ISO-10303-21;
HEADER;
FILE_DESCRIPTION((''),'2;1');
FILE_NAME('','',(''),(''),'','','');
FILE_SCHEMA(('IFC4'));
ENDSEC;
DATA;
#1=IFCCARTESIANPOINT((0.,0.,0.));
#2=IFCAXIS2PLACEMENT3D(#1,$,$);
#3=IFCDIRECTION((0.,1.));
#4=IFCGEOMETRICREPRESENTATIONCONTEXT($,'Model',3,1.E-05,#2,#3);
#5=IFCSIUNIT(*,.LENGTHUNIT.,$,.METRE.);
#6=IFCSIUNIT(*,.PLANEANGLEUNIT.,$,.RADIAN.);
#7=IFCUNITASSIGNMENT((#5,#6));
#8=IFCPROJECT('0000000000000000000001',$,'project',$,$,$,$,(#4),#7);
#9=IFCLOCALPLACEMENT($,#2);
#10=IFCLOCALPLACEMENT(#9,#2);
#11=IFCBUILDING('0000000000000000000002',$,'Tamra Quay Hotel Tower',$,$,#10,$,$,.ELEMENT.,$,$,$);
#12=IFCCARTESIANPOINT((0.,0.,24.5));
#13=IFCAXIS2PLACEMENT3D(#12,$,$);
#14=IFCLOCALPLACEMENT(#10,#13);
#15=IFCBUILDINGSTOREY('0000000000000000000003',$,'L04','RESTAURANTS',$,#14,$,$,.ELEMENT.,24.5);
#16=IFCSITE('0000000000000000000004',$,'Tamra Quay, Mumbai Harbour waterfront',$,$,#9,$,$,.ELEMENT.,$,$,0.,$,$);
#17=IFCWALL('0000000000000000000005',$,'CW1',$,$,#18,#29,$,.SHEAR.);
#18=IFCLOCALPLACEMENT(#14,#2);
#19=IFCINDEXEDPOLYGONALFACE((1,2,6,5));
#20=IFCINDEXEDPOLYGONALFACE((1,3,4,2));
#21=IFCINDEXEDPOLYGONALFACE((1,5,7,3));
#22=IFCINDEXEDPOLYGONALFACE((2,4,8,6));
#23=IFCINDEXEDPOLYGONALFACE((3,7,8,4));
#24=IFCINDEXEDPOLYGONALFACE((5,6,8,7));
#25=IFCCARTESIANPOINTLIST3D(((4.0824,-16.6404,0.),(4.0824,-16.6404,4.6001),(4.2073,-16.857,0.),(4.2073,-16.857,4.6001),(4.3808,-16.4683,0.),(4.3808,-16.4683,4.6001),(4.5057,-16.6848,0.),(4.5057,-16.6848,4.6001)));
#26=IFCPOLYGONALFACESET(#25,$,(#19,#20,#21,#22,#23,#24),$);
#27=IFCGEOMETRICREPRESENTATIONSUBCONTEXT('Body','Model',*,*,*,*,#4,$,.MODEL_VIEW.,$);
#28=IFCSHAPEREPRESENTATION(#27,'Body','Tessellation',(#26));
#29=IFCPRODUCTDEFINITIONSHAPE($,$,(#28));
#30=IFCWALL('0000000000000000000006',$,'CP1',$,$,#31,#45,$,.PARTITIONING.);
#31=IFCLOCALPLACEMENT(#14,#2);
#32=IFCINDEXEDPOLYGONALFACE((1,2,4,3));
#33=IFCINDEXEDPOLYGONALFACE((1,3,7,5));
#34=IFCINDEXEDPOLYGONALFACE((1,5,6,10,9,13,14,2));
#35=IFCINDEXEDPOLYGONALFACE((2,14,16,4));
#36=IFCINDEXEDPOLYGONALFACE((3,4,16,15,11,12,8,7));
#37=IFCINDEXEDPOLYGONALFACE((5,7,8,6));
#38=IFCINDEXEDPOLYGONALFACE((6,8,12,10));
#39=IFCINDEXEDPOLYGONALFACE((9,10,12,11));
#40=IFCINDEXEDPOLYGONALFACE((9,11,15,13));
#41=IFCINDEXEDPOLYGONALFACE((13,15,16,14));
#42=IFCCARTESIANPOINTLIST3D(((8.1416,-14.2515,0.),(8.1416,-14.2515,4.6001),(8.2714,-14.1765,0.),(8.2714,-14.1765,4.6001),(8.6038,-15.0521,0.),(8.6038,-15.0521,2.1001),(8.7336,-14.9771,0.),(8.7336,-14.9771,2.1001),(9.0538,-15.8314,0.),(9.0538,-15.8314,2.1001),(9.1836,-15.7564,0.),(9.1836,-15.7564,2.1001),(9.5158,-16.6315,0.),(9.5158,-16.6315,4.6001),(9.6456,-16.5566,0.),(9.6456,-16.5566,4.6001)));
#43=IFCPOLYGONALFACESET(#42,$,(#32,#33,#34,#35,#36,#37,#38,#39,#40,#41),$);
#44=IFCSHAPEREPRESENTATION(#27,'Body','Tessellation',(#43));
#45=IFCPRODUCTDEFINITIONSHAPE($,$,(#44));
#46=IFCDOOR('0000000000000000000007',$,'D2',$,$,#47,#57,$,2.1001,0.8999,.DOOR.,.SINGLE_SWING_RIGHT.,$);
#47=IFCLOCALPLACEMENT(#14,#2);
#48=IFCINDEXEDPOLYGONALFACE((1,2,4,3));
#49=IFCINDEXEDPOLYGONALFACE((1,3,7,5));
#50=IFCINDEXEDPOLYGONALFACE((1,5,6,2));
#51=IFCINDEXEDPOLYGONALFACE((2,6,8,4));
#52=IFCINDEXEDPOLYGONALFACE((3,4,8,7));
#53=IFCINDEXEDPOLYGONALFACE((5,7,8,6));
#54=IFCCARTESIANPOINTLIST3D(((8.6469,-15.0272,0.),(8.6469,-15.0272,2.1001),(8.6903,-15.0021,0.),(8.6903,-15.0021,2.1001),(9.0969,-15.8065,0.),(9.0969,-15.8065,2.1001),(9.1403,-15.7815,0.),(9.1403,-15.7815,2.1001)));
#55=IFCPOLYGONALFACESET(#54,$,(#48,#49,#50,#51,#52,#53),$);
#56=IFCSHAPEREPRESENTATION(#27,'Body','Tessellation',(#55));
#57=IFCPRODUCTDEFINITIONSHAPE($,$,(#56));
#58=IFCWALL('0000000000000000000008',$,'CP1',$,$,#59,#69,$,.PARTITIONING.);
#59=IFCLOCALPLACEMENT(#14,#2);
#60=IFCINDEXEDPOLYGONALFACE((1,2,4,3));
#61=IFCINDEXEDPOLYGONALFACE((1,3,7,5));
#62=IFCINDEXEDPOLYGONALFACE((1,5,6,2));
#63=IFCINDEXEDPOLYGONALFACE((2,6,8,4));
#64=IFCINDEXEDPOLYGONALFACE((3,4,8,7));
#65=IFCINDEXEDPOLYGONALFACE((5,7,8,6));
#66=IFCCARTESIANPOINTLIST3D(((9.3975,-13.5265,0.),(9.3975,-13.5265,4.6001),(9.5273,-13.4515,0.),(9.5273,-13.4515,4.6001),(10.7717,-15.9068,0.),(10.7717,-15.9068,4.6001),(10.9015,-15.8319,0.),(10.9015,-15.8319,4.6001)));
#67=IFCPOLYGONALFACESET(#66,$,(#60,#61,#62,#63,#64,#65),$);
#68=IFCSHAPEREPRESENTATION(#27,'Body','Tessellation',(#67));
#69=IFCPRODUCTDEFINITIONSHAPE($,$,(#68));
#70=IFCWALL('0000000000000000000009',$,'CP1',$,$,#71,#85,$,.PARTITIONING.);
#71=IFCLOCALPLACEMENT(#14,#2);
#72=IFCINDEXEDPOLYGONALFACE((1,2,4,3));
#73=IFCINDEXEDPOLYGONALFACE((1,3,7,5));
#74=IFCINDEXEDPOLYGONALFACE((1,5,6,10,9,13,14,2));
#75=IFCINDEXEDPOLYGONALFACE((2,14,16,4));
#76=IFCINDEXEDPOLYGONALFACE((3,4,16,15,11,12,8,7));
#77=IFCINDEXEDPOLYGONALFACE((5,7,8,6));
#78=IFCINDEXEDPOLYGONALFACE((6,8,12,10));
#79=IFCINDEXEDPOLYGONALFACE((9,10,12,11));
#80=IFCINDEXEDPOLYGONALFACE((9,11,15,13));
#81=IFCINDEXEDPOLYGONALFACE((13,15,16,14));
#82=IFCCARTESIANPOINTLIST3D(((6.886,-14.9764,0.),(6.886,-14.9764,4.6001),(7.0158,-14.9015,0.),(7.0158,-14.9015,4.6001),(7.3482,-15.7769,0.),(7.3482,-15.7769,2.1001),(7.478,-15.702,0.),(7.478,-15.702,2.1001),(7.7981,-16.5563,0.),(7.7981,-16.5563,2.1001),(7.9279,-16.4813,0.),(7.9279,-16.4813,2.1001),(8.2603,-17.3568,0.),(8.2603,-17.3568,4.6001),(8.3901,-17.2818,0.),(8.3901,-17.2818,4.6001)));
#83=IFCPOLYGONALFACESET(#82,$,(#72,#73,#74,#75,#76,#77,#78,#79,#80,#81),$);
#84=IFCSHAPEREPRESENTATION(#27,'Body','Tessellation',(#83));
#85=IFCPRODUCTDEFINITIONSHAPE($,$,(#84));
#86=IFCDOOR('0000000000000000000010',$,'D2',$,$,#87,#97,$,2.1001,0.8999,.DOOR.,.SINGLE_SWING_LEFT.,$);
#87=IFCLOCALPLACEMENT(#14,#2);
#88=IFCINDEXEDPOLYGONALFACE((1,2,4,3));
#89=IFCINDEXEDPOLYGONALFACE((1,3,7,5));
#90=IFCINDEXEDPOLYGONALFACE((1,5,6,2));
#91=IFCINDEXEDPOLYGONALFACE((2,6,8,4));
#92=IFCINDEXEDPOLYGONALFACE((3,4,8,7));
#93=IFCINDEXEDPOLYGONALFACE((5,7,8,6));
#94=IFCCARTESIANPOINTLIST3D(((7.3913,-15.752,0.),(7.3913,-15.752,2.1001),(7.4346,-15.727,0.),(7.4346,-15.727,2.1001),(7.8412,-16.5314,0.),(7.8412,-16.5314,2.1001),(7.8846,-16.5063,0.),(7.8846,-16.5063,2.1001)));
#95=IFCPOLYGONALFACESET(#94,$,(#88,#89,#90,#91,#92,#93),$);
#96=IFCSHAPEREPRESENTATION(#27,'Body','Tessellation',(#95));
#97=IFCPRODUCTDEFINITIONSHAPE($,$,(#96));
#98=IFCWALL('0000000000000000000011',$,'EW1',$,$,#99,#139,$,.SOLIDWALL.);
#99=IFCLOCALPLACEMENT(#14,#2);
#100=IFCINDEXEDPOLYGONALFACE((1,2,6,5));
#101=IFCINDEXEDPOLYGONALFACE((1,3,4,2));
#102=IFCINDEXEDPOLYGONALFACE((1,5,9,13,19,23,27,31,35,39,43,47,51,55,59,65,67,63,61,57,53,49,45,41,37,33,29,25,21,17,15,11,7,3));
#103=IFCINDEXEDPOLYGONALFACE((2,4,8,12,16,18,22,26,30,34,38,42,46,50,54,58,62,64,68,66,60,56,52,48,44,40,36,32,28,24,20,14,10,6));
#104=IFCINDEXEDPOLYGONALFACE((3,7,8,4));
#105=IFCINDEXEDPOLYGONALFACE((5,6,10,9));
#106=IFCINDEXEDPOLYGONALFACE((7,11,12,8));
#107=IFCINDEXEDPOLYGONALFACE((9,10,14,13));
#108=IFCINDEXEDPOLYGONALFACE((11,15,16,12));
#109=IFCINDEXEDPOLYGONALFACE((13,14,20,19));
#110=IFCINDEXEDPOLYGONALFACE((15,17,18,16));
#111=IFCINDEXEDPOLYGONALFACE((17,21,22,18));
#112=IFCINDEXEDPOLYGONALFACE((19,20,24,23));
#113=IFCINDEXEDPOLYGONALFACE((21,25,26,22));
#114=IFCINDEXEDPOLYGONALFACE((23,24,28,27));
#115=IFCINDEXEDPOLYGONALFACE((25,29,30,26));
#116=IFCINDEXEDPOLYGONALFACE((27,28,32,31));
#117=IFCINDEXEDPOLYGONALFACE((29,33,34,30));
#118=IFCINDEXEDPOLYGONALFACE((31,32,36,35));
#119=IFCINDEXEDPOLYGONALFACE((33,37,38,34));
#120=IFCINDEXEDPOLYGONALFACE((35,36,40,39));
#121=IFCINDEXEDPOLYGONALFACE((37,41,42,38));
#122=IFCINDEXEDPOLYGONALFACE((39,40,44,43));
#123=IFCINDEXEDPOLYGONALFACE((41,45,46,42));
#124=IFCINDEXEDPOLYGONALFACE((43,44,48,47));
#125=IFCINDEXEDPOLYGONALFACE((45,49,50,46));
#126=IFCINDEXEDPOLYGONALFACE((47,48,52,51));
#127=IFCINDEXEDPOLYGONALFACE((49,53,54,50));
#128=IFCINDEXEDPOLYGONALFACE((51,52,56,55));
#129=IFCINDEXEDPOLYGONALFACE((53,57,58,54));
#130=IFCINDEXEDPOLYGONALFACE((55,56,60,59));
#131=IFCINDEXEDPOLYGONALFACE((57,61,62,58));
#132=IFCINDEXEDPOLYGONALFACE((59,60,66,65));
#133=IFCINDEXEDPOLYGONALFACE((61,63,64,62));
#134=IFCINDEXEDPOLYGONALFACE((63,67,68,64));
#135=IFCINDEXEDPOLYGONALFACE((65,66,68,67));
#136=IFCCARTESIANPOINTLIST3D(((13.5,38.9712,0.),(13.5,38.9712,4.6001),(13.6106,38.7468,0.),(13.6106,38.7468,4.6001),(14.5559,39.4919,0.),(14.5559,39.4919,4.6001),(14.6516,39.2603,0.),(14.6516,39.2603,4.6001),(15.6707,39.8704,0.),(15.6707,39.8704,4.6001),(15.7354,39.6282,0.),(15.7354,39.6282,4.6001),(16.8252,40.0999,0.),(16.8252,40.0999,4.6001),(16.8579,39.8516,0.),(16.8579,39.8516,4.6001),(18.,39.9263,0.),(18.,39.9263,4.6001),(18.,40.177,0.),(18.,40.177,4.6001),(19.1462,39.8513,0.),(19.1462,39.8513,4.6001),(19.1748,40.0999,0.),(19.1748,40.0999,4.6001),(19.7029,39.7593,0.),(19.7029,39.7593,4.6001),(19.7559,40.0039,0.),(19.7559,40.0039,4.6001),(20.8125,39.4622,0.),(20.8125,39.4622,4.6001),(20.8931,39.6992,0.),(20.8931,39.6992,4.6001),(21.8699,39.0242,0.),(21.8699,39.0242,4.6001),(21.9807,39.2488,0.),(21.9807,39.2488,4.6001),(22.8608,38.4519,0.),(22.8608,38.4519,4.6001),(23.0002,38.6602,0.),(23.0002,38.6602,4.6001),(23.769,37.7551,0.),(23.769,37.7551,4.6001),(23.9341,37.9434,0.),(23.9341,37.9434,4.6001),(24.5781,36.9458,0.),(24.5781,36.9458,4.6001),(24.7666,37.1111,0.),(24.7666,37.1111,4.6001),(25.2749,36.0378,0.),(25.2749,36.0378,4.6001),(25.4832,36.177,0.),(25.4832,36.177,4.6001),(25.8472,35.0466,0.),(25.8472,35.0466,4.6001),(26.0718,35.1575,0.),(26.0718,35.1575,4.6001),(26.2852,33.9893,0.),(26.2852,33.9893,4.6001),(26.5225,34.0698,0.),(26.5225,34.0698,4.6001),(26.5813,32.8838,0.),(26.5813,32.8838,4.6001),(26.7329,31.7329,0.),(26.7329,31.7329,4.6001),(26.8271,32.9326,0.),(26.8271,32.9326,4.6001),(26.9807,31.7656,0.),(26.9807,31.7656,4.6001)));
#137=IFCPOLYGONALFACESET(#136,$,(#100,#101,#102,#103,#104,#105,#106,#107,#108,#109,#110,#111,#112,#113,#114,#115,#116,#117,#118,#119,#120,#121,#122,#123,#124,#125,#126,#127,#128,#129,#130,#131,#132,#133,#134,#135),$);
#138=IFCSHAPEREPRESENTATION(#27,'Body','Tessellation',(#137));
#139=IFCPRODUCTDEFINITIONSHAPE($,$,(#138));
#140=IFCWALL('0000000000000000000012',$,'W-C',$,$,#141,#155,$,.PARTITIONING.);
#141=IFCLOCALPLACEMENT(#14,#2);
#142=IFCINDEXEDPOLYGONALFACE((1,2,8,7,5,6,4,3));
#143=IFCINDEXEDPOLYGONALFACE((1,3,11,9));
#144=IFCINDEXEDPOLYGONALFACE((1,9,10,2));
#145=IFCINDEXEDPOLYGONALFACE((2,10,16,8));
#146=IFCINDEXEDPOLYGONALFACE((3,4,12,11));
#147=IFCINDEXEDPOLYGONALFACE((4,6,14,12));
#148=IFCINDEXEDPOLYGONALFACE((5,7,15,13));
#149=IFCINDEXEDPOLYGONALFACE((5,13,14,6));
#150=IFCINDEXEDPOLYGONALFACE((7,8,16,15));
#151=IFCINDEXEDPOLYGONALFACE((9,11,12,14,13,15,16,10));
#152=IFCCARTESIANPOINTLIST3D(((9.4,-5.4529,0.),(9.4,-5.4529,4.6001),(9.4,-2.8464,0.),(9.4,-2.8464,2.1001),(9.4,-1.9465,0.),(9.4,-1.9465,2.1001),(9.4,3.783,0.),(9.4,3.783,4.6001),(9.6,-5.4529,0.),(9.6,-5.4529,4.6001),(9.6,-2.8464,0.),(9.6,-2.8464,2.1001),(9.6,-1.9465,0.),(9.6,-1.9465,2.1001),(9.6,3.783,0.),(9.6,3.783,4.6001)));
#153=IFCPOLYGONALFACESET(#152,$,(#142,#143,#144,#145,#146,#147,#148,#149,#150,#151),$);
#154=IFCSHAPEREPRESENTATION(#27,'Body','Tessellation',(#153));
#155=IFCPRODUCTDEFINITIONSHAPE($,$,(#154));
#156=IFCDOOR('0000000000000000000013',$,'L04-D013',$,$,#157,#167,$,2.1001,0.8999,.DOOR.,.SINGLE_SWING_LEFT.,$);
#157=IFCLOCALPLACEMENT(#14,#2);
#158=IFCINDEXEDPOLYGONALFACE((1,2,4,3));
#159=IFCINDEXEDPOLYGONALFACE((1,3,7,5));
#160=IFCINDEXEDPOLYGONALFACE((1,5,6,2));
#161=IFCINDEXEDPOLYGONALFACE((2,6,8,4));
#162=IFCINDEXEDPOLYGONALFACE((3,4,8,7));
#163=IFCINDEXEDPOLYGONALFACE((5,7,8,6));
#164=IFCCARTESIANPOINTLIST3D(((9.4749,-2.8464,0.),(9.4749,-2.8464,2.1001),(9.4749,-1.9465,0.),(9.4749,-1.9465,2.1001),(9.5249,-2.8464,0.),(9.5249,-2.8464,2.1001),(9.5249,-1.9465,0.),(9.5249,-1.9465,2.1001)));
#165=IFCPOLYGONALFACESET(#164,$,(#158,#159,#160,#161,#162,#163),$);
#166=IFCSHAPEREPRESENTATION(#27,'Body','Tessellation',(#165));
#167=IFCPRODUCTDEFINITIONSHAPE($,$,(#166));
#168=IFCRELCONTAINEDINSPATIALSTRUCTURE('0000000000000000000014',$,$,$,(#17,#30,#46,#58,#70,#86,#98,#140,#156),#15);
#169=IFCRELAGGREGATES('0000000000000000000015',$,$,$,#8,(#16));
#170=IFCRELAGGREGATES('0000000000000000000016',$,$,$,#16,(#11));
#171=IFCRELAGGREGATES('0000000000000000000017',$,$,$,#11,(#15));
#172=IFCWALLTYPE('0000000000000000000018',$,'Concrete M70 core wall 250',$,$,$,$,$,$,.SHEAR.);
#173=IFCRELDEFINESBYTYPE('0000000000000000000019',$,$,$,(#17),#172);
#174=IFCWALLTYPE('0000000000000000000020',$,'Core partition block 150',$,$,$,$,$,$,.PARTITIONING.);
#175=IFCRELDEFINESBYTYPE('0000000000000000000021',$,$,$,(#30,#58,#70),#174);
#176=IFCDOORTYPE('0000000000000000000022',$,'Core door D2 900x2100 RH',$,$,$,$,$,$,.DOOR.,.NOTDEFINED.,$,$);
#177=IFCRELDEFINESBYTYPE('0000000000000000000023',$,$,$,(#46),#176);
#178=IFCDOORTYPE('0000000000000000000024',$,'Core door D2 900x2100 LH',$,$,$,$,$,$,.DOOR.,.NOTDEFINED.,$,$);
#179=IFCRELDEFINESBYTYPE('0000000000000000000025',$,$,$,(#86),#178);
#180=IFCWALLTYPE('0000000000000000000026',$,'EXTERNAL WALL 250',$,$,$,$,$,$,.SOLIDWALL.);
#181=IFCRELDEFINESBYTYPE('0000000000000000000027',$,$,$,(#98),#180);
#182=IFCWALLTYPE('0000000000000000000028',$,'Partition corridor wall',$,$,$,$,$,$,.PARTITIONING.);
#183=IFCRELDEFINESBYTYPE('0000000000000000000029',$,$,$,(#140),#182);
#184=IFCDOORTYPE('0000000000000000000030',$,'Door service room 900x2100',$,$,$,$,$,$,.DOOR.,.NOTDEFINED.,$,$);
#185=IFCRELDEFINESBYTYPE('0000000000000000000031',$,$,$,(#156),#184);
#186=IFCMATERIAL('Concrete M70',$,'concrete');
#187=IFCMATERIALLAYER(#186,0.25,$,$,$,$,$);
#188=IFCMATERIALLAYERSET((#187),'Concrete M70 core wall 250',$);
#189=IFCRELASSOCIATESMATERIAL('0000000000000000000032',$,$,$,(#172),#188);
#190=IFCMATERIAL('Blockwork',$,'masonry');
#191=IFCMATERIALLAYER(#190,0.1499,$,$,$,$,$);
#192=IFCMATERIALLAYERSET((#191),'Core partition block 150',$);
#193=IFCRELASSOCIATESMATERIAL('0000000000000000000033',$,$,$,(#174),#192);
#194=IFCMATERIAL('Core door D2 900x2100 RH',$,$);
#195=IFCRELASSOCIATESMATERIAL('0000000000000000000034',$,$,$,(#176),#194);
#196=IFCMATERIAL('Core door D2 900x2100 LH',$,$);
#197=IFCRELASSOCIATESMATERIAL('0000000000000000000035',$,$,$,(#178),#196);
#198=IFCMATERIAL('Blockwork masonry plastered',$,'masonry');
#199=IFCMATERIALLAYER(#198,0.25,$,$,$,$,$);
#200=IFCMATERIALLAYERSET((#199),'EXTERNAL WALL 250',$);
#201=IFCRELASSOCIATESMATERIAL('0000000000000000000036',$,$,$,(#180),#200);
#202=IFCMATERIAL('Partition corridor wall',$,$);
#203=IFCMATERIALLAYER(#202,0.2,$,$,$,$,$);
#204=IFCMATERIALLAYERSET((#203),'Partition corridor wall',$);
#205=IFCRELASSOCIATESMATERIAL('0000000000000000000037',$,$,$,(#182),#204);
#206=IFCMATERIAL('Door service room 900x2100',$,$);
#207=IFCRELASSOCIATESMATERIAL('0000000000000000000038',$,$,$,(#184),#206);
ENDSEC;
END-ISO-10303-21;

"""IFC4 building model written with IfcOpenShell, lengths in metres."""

from ifc_helpers import new_model, si_unit, direction, frame, frame_2d, origin, place, context, subcontext, project, spatial, polyline, rectangle, outline, extrude, material, layer, layer_set, type_object, element, fill, save


model = new_model("IFC4")

# Units and contexts
model_context = context("Model", 3, precision=1e-05, world=origin(), true_north=direction((0.0, 1.0)))
body_context = subcontext(model_context, "Body", "Model", "MODEL_VIEW")
ifc_project = project(units=[si_unit("LENGTHUNIT", "METRE"), si_unit("PLANEANGLEUNIT", "RADIAN")], contexts=[model_context])

# Site, building, storey
site_placement = place(None, origin())
site = spatial("IfcSite", under=ifc_project, at=site_placement, Name="Tamra Quay, Mumbai Harbour waterfront", CompositionType="ELEMENT", RefElevation=0.0)
building_placement = place(site_placement, origin())
building = spatial("IfcBuilding", under=site, at=building_placement, Name="Tamra Quay Hotel Tower", CompositionType="ELEMENT")
storey_placement = place(building_placement, frame((0.0, 0.0, 24.5)))
storey = spatial("IfcBuildingStorey", under=building, at=storey_placement, Name="L04", Description="RESTAURANTS", CompositionType="ELEMENT", Elevation=24.5)

# Shared definitions
ifc_material_1 = material(Name="Concrete M70", Category="concrete")

# Shared definitions
ifc_layer_1 = layer(ifc_material_1, 0.25)
ifc_layer_set_1 = layer_set([ifc_layer_1], Name="Concrete M70 core wall 250")
wall_type_1 = type_object("IfcWallType", Name="Concrete M70 core wall 250", PredefinedType="SHEAR", material=ifc_layer_set_1)

# Wall
wall_1_placement = place(storey_placement, frame((4.1448, -16.7488, 0.0), z_axis=(0.0, 0.0, 1.0), x_axis=(0.866186, 0.499722, 0.0)))
element("IfcWall", 1, at=wall_1_placement, inside=storey, type_object=wall_type_1, Name="CW1", PredefinedType="SHEAR", context=body_context, shape_type="SweptSolid", body=[
    extrude(rectangle(XDim=0.3445, YDim=0.25, at=frame_2d((0.1724, 0.0))), origin(), (0.0, 0.0, 1.0), 4.6001),
])

# Wall, opening, door
ifc_material_2 = material(Name="Blockwork", Category="masonry")
ifc_layer_2 = layer(ifc_material_2, 0.1499)
ifc_layer_set_2 = layer_set([ifc_layer_2], Name="Core partition block 150")
wall_type_2 = type_object("IfcWallType", Name="Core partition block 150", PredefinedType="PARTITIONING", material=ifc_layer_set_2)
wall_2_placement = place(storey_placement, frame((8.2065, -14.2141, 0.0), z_axis=(0.0, 0.0, 1.0), x_axis=(0.500027, -0.86601, 0.0)))
wall_2 = element("IfcWall", 2, at=wall_2_placement, inside=storey, type_object=wall_type_2, Name="CP1", PredefinedType="PARTITIONING", context=body_context, shape_type="SweptSolid", body=[
    extrude(rectangle(XDim=2.7483, YDim=0.1499, at=frame_2d((1.374, 0.0))), origin(), (0.0, 0.0, 1.0), 4.6001),
])
opening_1_placement = place(wall_2_placement, frame((0.9243, 0.0, 0.0)))
opening_1 = element("IfcOpeningElement", 3, at=opening_1_placement, cuts=wall_2, PredefinedType="OPENING", context=body_context, shape_type="SweptSolid", body=[
    extrude(rectangle(XDim=0.8999, YDim=2.1001, at=frame_2d((0.45, 1.05))), frame((0.0, 0.085, 0.0), z_axis=(0.0, -1.0, 0.0), x_axis=(1.0, 0.0, 0.0)), (0.0, 0.0, 1.0), 0.1699),
])
ifc_material_3 = material(Name="Core door D2 900x2100 RH")
door_type_1 = type_object("IfcDoorType", Name="Core door D2 900x2100 RH", OperationType="NOTDEFINED", PredefinedType="DOOR", material=ifc_material_3)
door_1_placement = place(opening_1_placement, origin())
door_1 = element("IfcDoor", 4, at=door_1_placement, inside=storey, type_object=door_type_1, Name="D2", OperationType="SINGLE_SWING_RIGHT", OverallHeight=2.1001, OverallWidth=0.8999, PredefinedType="DOOR", context=body_context, shape_type="SweptSolid", body=[
    extrude(rectangle(XDim=0.8999, YDim=2.1001, at=frame_2d((0.45, 1.05))), frame((0.0, 0.0249, 0.0), z_axis=(0.0, -1.0, 0.0), x_axis=(1.0, 0.0, 0.0)), (0.0, 0.0, 1.0), 0.05),
])
fill(opening_1, door_1)

# Wall
wall_3_placement = place(storey_placement, frame((9.4624, -13.489, 0.0), z_axis=(0.0, 0.0, 1.0), x_axis=(0.499989, -0.866032, 0.0)))
element("IfcWall", 5, at=wall_3_placement, inside=storey, type_object=wall_type_2, Name="CP1", PredefinedType="PARTITIONING", context=body_context, shape_type="SweptSolid", body=[
    extrude(rectangle(XDim=2.7485, YDim=0.1499, at=frame_2d((1.3743, 0.0))), origin(), (0.0, 0.0, 1.0), 4.6001),
])

# Wall, opening, door
wall_4_placement = place(storey_placement, frame((6.9509, -14.939, 0.0), z_axis=(0.0, 0.0, 1.0), x_axis=(0.499989, -0.866032, 0.0)))
wall_4 = element("IfcWall", 6, at=wall_4_placement, inside=storey, type_object=wall_type_2, Name="CP1", PredefinedType="PARTITIONING", context=body_context, shape_type="SweptSolid", body=[
    extrude(rectangle(XDim=2.7485, YDim=0.1499, at=frame_2d((1.3743, 0.0))), origin(), (0.0, 0.0, 1.0), 4.6001),
])
opening_2_placement = place(wall_4_placement, frame((0.9243, 0.0, 0.0)))
opening_2 = element("IfcOpeningElement", 7, at=opening_2_placement, cuts=wall_4, PredefinedType="OPENING", context=body_context, shape_type="SweptSolid", body=[
    extrude(rectangle(XDim=0.8999, YDim=2.1001, at=frame_2d((0.45, 1.05))), frame((0.0, 0.085, 0.0), z_axis=(0.0, -1.0, 0.0), x_axis=(1.0, 0.0, 0.0)), (0.0, 0.0, 1.0), 0.1699),
])
ifc_material_4 = material(Name="Core door D2 900x2100 LH")
door_type_2 = type_object("IfcDoorType", Name="Core door D2 900x2100 LH", OperationType="NOTDEFINED", PredefinedType="DOOR", material=ifc_material_4)
door_2_placement = place(opening_2_placement, origin())
door_2 = element("IfcDoor", 8, at=door_2_placement, inside=storey, type_object=door_type_2, Name="D2", OperationType="SINGLE_SWING_LEFT", OverallHeight=2.1001, OverallWidth=0.8999, PredefinedType="DOOR", context=body_context, shape_type="SweptSolid", body=[
    extrude(rectangle(XDim=0.8999, YDim=2.1001, at=frame_2d((0.45, 1.05))), frame((0.0, 0.0249, 0.0), z_axis=(0.0, -1.0, 0.0), x_axis=(1.0, 0.0, 0.0)), (0.0, 0.0, 1.0), 0.05),
])
fill(opening_2, door_2)

# Wall
ifc_material_5 = material(Name="Blockwork masonry plastered", Category="masonry")
ifc_layer_3 = layer(ifc_material_5, 0.25)
ifc_layer_set_3 = layer_set([ifc_layer_3], Name="EXTERNAL WALL 250")
wall_type_3 = type_object("IfcWallType", Name="EXTERNAL WALL 250", PredefinedType="SOLIDWALL", material=ifc_layer_set_3)
wall_5_placement = place(storey_placement, origin())
element("IfcWall", 9, at=wall_5_placement, inside=storey, type_object=wall_type_3, Name="EW1", PredefinedType="SOLIDWALL", context=body_context, shape_type="SweptSolid", body=[
    extrude(outline(polyline([(26.9807, 31.7656), (26.8271, 32.9326), (26.5225, 34.0698), (26.0718, 35.1575), (25.4832, 36.177), (24.7666, 37.1111), (23.9341, 37.9434), (23.0002, 38.6602), (21.9807, 39.2488), (20.8931, 39.6992), (19.7559, 40.0039), (19.1748, 40.0999), (18.0, 40.177), (16.8252, 40.0999), (15.6707, 39.8704), (14.5559, 39.4919), (13.5, 38.9712), (13.6106, 38.7468), (14.6516, 39.2603), (15.7354, 39.6282), (16.8579, 39.8516), (18.0, 39.9263), (19.1462, 39.8513), (19.7029, 39.7593), (20.8125, 39.4622), (21.8699, 39.0242), (22.8608, 38.4519), (23.769, 37.7551), (24.5781, 36.9458), (25.2749, 36.0378), (25.8472, 35.0466), (26.2852, 33.9893), (26.5813, 32.8838), (26.7329, 31.7329), (26.9807, 31.7656)])), origin(), (0.0, 0.0, 1.0), 4.6001),
])

# Wall, opening, door
ifc_material_6 = material(Name="Partition corridor wall")
ifc_layer_4 = layer(ifc_material_6, 0.2)
ifc_layer_set_4 = layer_set([ifc_layer_4], Name="Partition corridor wall")
wall_type_4 = type_object("IfcWallType", Name="Partition corridor wall", PredefinedType="PARTITIONING", material=ifc_layer_set_4)
wall_6_placement = place(storey_placement, frame((9.5, -5.4529, 0.0), z_axis=(0.0, 0.0, 1.0), x_axis=(0.0, 1.0, 0.0)))
wall_6 = element("IfcWall", 10, at=wall_6_placement, inside=storey, type_object=wall_type_4, Name="W-C", PredefinedType="PARTITIONING", context=body_context, shape_type="SweptSolid", body=[
    extrude(rectangle(XDim=9.2358, YDim=0.2, at=frame_2d((4.6179, 0.0))), origin(), (0.0, 0.0, 1.0), 4.6001),
])
opening_3_placement = place(wall_6_placement, frame((2.6064, 0.0, 0.0)))
opening_3 = element("IfcOpeningElement", 11, at=opening_3_placement, cuts=wall_6, PredefinedType="OPENING", context=body_context, shape_type="SweptSolid", body=[
    extrude(rectangle(XDim=0.8999, YDim=2.1001, at=frame_2d((0.45, 1.05))), frame((0.0, 0.1099, 0.0), z_axis=(0.0, -1.0, 0.0), x_axis=(1.0, 0.0, 0.0)), (0.0, 0.0, 1.0), 0.22),
])
ifc_material_7 = material(Name="Door service room 900x2100")
door_type_3 = type_object("IfcDoorType", Name="Door service room 900x2100", OperationType="NOTDEFINED", PredefinedType="DOOR", material=ifc_material_7)
door_3_placement = place(opening_3_placement, frame((0.8999, 0.0, 0.0), z_axis=(0.0, 0.0, 1.0), x_axis=(-1.0, 0.0, 0.0)))
door_3 = element("IfcDoor", 12, at=door_3_placement, inside=storey, type_object=door_type_3, Name="L04-D013", OperationType="SINGLE_SWING_LEFT", OverallHeight=2.1001, OverallWidth=0.8999, PredefinedType="DOOR", context=body_context, shape_type="SweptSolid", body=[
    extrude(rectangle(XDim=0.8999, YDim=2.1001, at=frame_2d((0.45, 1.05))), frame((0.0, 0.0249, 0.0), z_axis=(0.0, -1.0, 0.0), x_axis=(1.0, 0.0, 0.0)), (0.0, 0.0, 1.0), 0.05),
])
fill(opening_3, door_3)

save(model, "model.ifc")
